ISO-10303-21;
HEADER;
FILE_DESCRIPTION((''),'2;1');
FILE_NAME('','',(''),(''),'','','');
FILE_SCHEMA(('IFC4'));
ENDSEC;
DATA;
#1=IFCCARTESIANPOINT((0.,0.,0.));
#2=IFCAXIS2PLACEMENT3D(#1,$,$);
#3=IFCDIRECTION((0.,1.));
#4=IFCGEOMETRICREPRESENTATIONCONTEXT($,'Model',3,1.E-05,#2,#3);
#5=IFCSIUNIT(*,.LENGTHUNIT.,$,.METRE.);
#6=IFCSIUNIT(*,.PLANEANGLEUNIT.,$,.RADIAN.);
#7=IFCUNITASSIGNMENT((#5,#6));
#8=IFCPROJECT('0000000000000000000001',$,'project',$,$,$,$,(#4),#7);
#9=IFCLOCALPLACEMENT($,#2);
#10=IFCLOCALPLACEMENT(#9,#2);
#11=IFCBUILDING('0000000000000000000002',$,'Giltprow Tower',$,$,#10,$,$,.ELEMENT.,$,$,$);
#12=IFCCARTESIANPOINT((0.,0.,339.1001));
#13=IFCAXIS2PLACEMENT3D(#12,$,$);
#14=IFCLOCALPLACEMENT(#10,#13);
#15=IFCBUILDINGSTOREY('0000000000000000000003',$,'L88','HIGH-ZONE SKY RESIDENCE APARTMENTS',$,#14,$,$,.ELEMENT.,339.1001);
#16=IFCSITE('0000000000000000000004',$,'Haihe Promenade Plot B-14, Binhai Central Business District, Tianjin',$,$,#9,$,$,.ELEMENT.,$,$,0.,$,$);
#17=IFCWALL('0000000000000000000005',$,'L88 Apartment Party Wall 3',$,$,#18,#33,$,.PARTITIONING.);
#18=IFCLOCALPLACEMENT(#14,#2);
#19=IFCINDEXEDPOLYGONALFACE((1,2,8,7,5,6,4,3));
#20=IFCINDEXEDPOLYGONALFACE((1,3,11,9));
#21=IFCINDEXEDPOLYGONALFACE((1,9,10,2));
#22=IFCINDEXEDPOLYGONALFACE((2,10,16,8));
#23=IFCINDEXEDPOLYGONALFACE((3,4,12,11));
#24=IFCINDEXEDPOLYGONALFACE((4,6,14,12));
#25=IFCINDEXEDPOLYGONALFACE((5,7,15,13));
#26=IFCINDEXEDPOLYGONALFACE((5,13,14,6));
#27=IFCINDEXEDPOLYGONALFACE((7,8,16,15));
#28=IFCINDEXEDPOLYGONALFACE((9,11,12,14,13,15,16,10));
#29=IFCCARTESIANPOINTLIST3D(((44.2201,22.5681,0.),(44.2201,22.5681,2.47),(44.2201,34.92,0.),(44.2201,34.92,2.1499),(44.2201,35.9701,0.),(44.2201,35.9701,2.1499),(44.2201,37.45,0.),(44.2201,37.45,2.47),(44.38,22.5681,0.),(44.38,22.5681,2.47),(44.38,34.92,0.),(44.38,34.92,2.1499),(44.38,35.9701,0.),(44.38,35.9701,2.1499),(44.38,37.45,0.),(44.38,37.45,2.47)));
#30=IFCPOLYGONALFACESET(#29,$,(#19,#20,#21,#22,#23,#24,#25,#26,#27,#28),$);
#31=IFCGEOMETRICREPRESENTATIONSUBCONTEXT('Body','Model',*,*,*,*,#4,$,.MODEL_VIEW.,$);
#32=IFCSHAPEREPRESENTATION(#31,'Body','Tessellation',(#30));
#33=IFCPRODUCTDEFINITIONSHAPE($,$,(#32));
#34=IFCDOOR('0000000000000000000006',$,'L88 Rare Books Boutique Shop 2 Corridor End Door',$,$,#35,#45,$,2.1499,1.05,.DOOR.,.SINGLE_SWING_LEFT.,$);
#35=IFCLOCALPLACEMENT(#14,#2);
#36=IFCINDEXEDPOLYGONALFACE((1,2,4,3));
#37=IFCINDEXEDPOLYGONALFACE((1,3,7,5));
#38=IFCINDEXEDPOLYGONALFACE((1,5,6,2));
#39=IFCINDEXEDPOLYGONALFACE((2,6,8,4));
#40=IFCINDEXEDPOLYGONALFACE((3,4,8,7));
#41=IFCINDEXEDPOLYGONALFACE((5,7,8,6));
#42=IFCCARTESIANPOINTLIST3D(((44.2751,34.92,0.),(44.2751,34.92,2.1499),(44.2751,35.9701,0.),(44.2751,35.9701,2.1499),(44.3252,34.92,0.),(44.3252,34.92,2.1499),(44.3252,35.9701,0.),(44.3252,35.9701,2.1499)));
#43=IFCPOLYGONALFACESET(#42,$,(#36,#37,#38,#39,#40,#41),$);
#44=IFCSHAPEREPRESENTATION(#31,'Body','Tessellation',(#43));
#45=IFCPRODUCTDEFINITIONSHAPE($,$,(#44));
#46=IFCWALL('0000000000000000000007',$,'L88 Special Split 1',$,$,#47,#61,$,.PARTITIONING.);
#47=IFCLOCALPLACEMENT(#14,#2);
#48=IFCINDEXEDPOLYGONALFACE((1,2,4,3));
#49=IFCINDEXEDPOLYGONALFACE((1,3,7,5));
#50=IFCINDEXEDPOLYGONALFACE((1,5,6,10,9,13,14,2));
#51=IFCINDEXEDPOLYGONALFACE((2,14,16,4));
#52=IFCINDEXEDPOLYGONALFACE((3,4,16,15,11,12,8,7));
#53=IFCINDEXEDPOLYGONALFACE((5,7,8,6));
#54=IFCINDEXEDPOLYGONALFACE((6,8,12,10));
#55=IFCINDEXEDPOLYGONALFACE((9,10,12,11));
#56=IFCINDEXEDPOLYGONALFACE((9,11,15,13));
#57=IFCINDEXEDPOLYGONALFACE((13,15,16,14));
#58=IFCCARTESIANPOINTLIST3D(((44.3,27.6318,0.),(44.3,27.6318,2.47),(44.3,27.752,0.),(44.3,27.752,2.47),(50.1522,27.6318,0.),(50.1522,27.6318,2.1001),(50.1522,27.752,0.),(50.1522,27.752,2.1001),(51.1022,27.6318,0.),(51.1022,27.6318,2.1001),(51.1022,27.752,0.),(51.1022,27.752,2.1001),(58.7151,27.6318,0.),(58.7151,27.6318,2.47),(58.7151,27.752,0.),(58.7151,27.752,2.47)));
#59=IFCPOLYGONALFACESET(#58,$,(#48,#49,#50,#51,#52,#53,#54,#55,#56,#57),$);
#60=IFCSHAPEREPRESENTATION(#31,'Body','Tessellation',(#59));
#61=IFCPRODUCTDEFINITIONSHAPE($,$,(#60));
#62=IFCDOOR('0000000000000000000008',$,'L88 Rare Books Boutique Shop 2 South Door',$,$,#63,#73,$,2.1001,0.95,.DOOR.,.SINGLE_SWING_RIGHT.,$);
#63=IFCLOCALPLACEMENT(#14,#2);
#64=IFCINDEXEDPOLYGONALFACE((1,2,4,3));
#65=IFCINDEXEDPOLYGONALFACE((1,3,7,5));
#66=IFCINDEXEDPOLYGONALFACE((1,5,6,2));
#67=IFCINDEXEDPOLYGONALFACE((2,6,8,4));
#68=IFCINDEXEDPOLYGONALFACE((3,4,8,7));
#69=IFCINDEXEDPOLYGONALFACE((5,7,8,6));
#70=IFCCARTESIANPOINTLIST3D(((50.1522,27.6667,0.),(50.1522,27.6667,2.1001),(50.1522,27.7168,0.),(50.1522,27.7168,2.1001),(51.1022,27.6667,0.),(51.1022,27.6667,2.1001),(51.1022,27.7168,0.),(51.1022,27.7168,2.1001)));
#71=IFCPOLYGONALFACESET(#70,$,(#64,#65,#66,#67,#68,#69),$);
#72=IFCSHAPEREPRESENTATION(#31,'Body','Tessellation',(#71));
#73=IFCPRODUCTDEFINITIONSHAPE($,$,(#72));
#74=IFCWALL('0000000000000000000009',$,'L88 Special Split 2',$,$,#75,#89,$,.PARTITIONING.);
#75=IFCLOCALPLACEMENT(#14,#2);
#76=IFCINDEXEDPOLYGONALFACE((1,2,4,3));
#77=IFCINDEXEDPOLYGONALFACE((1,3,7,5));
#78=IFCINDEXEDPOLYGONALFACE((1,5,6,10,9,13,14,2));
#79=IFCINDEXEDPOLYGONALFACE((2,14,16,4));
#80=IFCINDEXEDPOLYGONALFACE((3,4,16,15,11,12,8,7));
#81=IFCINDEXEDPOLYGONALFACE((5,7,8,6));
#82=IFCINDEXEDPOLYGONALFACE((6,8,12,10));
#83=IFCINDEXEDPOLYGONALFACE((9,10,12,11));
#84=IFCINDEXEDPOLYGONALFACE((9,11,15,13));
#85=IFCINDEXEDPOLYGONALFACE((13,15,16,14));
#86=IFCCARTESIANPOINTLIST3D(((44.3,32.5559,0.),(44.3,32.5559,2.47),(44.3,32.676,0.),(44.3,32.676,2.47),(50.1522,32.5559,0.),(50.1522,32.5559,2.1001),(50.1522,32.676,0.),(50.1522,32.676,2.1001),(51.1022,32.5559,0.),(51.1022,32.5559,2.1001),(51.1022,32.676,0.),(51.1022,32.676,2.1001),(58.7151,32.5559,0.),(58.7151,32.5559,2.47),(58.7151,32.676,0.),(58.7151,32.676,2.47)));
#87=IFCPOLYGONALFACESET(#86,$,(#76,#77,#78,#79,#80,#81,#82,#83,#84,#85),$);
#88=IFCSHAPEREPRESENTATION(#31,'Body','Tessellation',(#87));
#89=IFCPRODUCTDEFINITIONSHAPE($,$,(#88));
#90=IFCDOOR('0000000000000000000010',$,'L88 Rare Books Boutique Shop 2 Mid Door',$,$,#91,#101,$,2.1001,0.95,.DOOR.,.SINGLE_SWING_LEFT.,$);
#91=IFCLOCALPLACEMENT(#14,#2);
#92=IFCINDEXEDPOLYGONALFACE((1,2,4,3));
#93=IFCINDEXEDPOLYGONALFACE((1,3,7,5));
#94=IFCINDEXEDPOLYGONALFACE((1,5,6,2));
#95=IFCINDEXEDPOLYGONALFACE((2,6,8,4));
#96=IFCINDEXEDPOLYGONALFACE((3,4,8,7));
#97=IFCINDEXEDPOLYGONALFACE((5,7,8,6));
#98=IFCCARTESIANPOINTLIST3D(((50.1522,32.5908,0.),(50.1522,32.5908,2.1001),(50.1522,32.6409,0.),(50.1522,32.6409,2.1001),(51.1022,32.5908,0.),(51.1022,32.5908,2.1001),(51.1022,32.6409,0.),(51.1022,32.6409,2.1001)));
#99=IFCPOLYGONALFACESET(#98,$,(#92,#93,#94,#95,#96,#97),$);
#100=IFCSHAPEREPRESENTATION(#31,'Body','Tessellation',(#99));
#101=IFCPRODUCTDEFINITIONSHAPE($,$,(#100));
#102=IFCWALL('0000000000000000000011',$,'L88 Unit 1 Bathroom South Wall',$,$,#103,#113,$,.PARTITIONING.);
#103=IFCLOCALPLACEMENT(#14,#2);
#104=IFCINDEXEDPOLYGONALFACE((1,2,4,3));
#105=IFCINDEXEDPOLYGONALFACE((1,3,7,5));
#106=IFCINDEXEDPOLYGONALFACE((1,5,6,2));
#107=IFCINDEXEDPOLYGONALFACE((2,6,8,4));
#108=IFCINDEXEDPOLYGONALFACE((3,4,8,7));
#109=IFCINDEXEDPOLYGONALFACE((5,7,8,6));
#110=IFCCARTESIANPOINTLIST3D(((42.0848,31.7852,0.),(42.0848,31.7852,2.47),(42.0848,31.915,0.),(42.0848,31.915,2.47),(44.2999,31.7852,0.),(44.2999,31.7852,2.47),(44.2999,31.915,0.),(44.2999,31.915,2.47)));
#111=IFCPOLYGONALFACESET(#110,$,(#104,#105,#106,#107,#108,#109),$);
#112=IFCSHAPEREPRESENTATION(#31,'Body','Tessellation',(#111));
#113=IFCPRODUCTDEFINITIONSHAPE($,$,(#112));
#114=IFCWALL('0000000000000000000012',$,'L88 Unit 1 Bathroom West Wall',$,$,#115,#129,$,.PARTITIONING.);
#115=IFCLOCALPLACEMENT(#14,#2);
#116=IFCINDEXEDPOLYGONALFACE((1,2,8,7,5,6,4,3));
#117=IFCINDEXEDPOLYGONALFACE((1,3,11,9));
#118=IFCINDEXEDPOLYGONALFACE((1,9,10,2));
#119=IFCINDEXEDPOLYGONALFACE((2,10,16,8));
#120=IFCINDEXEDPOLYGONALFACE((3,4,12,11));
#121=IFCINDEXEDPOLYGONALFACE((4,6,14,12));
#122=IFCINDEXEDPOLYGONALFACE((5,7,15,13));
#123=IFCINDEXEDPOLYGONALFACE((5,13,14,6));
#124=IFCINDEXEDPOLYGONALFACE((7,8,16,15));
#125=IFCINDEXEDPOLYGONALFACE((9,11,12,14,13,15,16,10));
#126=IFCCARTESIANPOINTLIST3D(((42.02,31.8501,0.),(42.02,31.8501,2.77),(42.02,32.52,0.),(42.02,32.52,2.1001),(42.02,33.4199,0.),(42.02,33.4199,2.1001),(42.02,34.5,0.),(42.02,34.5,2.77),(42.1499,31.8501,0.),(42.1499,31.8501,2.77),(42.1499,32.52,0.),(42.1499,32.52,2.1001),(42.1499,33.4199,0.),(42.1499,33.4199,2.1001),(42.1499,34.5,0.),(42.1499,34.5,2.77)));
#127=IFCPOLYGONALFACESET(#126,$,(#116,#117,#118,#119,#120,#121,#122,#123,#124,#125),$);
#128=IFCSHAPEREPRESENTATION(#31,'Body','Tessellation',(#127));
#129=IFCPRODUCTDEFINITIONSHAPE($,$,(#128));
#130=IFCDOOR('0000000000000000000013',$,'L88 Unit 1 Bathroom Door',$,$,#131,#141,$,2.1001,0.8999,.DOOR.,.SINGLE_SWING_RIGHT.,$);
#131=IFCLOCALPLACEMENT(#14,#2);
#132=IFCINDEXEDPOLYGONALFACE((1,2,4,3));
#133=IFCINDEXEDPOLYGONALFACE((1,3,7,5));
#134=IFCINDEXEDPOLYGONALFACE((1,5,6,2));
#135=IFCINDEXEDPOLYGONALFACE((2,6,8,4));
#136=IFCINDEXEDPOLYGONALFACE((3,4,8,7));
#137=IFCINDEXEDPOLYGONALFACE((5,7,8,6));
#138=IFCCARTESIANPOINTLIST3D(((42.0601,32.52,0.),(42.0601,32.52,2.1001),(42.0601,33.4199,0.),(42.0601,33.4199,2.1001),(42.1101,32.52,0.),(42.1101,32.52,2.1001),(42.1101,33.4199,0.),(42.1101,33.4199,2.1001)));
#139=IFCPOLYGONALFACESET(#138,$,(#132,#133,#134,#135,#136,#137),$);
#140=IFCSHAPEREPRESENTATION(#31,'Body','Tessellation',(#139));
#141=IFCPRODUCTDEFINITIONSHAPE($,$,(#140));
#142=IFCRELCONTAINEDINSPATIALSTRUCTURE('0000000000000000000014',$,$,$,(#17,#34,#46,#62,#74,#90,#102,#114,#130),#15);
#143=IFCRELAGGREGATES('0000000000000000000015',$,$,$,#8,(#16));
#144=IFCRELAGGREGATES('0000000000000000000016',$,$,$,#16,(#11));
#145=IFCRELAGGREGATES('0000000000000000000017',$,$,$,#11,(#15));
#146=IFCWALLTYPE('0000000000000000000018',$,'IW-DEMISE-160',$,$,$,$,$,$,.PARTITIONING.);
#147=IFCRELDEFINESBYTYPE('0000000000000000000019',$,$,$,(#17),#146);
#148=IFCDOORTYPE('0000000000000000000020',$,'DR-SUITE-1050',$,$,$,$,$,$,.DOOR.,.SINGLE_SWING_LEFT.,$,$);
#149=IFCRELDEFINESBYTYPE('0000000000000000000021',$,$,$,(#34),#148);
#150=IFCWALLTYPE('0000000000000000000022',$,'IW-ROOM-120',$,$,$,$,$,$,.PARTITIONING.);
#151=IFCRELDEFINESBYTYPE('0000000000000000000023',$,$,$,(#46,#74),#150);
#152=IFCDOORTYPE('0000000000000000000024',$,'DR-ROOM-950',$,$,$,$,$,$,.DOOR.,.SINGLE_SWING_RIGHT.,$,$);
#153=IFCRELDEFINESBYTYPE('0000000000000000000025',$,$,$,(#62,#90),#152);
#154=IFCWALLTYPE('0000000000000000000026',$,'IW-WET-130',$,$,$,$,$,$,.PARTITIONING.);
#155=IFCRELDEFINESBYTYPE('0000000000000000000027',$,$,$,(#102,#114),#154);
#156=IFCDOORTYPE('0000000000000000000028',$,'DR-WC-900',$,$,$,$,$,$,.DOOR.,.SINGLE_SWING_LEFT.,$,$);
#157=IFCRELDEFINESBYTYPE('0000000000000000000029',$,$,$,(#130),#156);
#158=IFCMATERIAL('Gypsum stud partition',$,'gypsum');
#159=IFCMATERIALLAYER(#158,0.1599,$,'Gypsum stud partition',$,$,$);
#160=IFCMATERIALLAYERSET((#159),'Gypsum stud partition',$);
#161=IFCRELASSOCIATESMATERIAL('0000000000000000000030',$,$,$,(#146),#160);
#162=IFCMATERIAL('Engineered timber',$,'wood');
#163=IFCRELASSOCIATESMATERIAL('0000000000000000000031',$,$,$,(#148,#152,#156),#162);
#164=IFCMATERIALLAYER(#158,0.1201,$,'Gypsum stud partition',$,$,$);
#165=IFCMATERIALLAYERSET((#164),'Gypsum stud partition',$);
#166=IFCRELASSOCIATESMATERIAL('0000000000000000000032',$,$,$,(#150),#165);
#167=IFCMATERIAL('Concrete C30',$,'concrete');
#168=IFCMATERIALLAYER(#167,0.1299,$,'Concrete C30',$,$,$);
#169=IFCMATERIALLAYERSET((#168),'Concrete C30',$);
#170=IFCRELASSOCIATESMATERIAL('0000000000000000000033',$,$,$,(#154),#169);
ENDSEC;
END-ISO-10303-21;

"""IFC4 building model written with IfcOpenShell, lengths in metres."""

from ifc_helpers import new_model, si_unit, direction, frame, frame_2d, origin, place, context, subcontext, project, spatial, rectangle, extrude, source, transform, mapped, material, layer, layer_set, type_object, element, fill, save


model = new_model("IFC4")

# Units and contexts
model_context = context("Model", 3, precision=1e-05, world=origin(), true_north=direction((0.0, 1.0)))
body_context = subcontext(model_context, "Body", "Model", "MODEL_VIEW")
ifc_project = project(units=[si_unit("LENGTHUNIT", "METRE"), si_unit("PLANEANGLEUNIT", "RADIAN")], contexts=[model_context])

# Site, building, storey
site_placement = place(None, origin())
site = spatial("IfcSite", under=ifc_project, at=site_placement, Name="Haihe Promenade Plot B-14, Binhai Central Business District, Tianjin", CompositionType="ELEMENT", RefElevation=0.0)
building_placement = place(site_placement, origin())
building = spatial("IfcBuilding", under=site, at=building_placement, Name="Giltprow Tower", CompositionType="ELEMENT")
storey_placement = place(building_placement, frame((0.0, 0.0, 339.1001)))
storey = spatial("IfcBuildingStorey", under=building, at=storey_placement, Name="L88", Description="HIGH-ZONE SKY RESIDENCE APARTMENTS", CompositionType="ELEMENT", Elevation=339.1001)

# Walls, openings, doors
ifc_material_1 = material(Name="Gypsum stud partition", Category="gypsum")
ifc_layer_1 = layer(ifc_material_1, 0.1599, Name="Gypsum stud partition")
ifc_layer_set_1 = layer_set([ifc_layer_1], Name="Gypsum stud partition")
wall_type_1 = type_object("IfcWallType", Name="IW-DEMISE-160", PredefinedType="PARTITIONING", material=ifc_layer_set_1)
wall_1_placement = place(storey_placement, frame((44.3, 22.5681, 0.0), z_axis=(0.0, 0.0, 1.0), x_axis=(0.0, 1.0, 0.0)))
wall_1 = element("IfcWall", 1, at=wall_1_placement, inside=storey, type_object=wall_type_1, Name="L88 Apartment Party Wall 3", PredefinedType="PARTITIONING", context=body_context, shape_type="SweptSolid", body=[
    extrude(rectangle(XDim=14.8818, YDim=0.1599, at=frame_2d((7.4409, 0.0))), origin(), (0.0, 0.0, 1.0), 2.47),
])
opening_1_placement = place(wall_1_placement, frame((12.3521, 0.0, 0.0)))
opening_1 = element("IfcOpeningElement", 2, at=opening_1_placement, cuts=wall_1, PredefinedType="OPENING", context=body_context, shape_type="SweptSolid", body=[
    extrude(rectangle(XDim=1.05, YDim=2.1499, at=frame_2d((0.5249, 1.075))), frame((0.0, 0.0898, 0.0), z_axis=(0.0, -1.0, 0.0), x_axis=(1.0, 0.0, 0.0)), (0.0, 0.0, 1.0), 0.1799),
])
ifc_material_2 = material(Name="Engineered timber", Category="wood")
door_type_1 = type_object("IfcDoorType", Name="DR-SUITE-1050", OperationType="SINGLE_SWING_LEFT", PredefinedType="DOOR", material=ifc_material_2)
shared_shape_1 = source(origin(), body_context, "Body", "SweptSolid", [
    extrude(rectangle(XDim=1.05, YDim=2.1499, at=frame_2d((0.5249, 1.075))), frame((0.0, 0.0249, 0.0), z_axis=(0.0, -1.0, 0.0), x_axis=(1.0, 0.0, 0.0)), (0.0, 0.0, 1.0), 0.05),
])
door_1_placement = place(opening_1_placement, origin())
door_1 = element("IfcDoor", 3, at=door_1_placement, inside=storey, type_object=door_type_1, Name="L88 Rare Books Boutique Shop 2 Corridor End Door", OperationType="SINGLE_SWING_LEFT", OverallHeight=2.1499, OverallWidth=1.05, PredefinedType="DOOR", context=body_context, shape_type="MappedRepresentation", body=[
    mapped(shared_shape_1, transform((0.0, 0.0, 0.0), x_axis=(1.0, 0.0, 0.0), y_axis=(0.0, 1.0, 0.0), z_axis=(0.0, 0.0, 1.0), scale=1.0)),
])
fill(opening_1, door_1)
ifc_layer_2 = layer(ifc_material_1, 0.1201, Name="Gypsum stud partition")
ifc_layer_set_2 = layer_set([ifc_layer_2], Name="Gypsum stud partition")
wall_type_2 = type_object("IfcWallType", Name="IW-ROOM-120", PredefinedType="PARTITIONING", material=ifc_layer_set_2)
wall_2_placement = place(storey_placement, frame((44.3, 27.6919, 0.0), z_axis=(0.0, 0.0, 1.0), x_axis=(1.0, 0.0, 0.0)))
wall_2 = element("IfcWall", 4, at=wall_2_placement, inside=storey, type_object=wall_type_2, Name="L88 Special Split 1", PredefinedType="PARTITIONING", context=body_context, shape_type="SweptSolid", body=[
    extrude(rectangle(XDim=14.415, YDim=0.1201, at=frame_2d((7.2075, 0.0))), origin(), (0.0, 0.0, 1.0), 2.47),
])
opening_2_placement = place(wall_2_placement, frame((5.8521, 0.0, 0.0)))
opening_2 = element("IfcOpeningElement", 5, at=opening_2_placement, cuts=wall_2, PredefinedType="OPENING", context=body_context, shape_type="SweptSolid", body=[
    extrude(rectangle(XDim=0.95, YDim=2.1001, at=frame_2d((0.4751, 1.05))), frame((0.0, 0.0701, 0.0), z_axis=(0.0, -1.0, 0.0), x_axis=(1.0, 0.0, 0.0)), (0.0, 0.0, 1.0), 0.1401),
])
door_type_2 = type_object("IfcDoorType", Name="DR-ROOM-950", OperationType="SINGLE_SWING_RIGHT", PredefinedType="DOOR", material=ifc_material_2)
shared_shape_2 = source(origin(), body_context, "Body", "SweptSolid", [
    extrude(rectangle(XDim=0.95, YDim=2.1001, at=frame_2d((0.4751, 1.05))), frame((0.0, 0.0249, 0.0), z_axis=(0.0, -1.0, 0.0), x_axis=(1.0, 0.0, 0.0)), (0.0, 0.0, 1.0), 0.05),
])
door_2_placement = place(opening_2_placement, origin())
door_2 = element("IfcDoor", 6, at=door_2_placement, inside=storey, type_object=door_type_2, Name="L88 Rare Books Boutique Shop 2 South Door", OperationType="SINGLE_SWING_RIGHT", OverallHeight=2.1001, OverallWidth=0.95, PredefinedType="DOOR", context=body_context, shape_type="MappedRepresentation", body=[
    mapped(shared_shape_2, transform((0.0, 0.0, 0.0), x_axis=(1.0, 0.0, 0.0), y_axis=(0.0, 1.0, 0.0), z_axis=(0.0, 0.0, 1.0), scale=1.0)),
])
fill(opening_2, door_2)
wall_3_placement = place(storey_placement, frame((44.3, 32.616, 0.0), z_axis=(0.0, 0.0, 1.0), x_axis=(1.0, 0.0, 0.0)))
wall_3 = element("IfcWall", 7, at=wall_3_placement, inside=storey, type_object=wall_type_2, Name="L88 Special Split 2", PredefinedType="PARTITIONING", context=body_context, shape_type="SweptSolid", body=[
    extrude(rectangle(XDim=14.415, YDim=0.1201, at=frame_2d((7.2075, 0.0))), origin(), (0.0, 0.0, 1.0), 2.47),
])
opening_3_placement = place(wall_3_placement, frame((5.8521, 0.0, 0.0)))
opening_3 = element("IfcOpeningElement", 8, at=opening_3_placement, cuts=wall_3, PredefinedType="OPENING", context=body_context, shape_type="SweptSolid", body=[
    extrude(rectangle(XDim=0.95, YDim=2.1001, at=frame_2d((0.4751, 1.05))), frame((0.0, 0.0701, 0.0), z_axis=(0.0, -1.0, 0.0), x_axis=(1.0, 0.0, 0.0)), (0.0, 0.0, 1.0), 0.1401),
])
door_3_placement = place(opening_3_placement, origin())
door_3 = element("IfcDoor", 9, at=door_3_placement, inside=storey, type_object=door_type_2, Name="L88 Rare Books Boutique Shop 2 Mid Door", OperationType="SINGLE_SWING_LEFT", OverallHeight=2.1001, OverallWidth=0.95, PredefinedType="DOOR", context=body_context, shape_type="MappedRepresentation", body=[
    mapped(shared_shape_2, transform((0.0, 0.0, 0.0), x_axis=(1.0, 0.0, 0.0), y_axis=(0.0, 1.0, 0.0), z_axis=(0.0, 0.0, 1.0), scale=1.0)),
])
fill(opening_3, door_3)

# Wall
ifc_material_3 = material(Name="Concrete C30", Category="concrete")
ifc_layer_3 = layer(ifc_material_3, 0.1299, Name="Concrete C30")
ifc_layer_set_3 = layer_set([ifc_layer_3], Name="Concrete C30")
wall_type_3 = type_object("IfcWallType", Name="IW-WET-130", PredefinedType="PARTITIONING", material=ifc_layer_set_3)
wall_4_placement = place(storey_placement, frame((42.085, 31.8501, 0.0), z_axis=(0.0, 0.0, 1.0), x_axis=(1.0, 0.0, 0.0)))
element("IfcWall", 10, at=wall_4_placement, inside=storey, type_object=wall_type_3, Name="L88 Unit 1 Bathroom South Wall", PredefinedType="PARTITIONING", context=body_context, shape_type="SweptSolid", body=[
    extrude(rectangle(XDim=2.2151, YDim=0.1299, at=frame_2d((1.1074, 0.0))), origin(), (0.0, 0.0, 1.0), 2.47),
])

# Wall, opening, door
wall_5_placement = place(storey_placement, frame((42.085, 31.8501, 0.0), z_axis=(0.0, 0.0, 1.0), x_axis=(0.0, 1.0, 0.0)))
wall_5 = element("IfcWall", 11, at=wall_5_placement, inside=storey, type_object=wall_type_3, Name="L88 Unit 1 Bathroom West Wall", PredefinedType="PARTITIONING", context=body_context, shape_type="SweptSolid", body=[
    extrude(rectangle(XDim=2.6499, YDim=0.1299, at=frame_2d((1.325, 0.0))), origin(), (0.0, 0.0, 1.0), 2.77),
])
opening_4_placement = place(wall_5_placement, frame((0.6699, 0.0, 0.0)))
opening_4 = element("IfcOpeningElement", 12, at=opening_4_placement, cuts=wall_5, PredefinedType="OPENING", context=body_context, shape_type="SweptSolid", body=[
    extrude(rectangle(XDim=0.8999, YDim=2.1001, at=frame_2d((0.45, 1.05))), frame((0.0, 0.075, 0.0), z_axis=(0.0, -1.0, 0.0), x_axis=(1.0, 0.0, 0.0)), (0.0, 0.0, 1.0), 0.1499),
])
door_type_3 = type_object("IfcDoorType", Name="DR-WC-900", OperationType="SINGLE_SWING_LEFT", PredefinedType="DOOR", material=ifc_material_2)
shared_shape_3 = source(origin(), body_context, "Body", "SweptSolid", [
    extrude(rectangle(XDim=0.8999, YDim=2.1001, at=frame_2d((0.45, 1.05))), frame((0.0, 0.0249, 0.0), z_axis=(0.0, -1.0, 0.0), x_axis=(1.0, 0.0, 0.0)), (0.0, 0.0, 1.0), 0.05),
])
door_4_placement = place(opening_4_placement, origin())
door_4 = element("IfcDoor", 13, at=door_4_placement, inside=storey, type_object=door_type_3, Name="L88 Unit 1 Bathroom Door", OperationType="SINGLE_SWING_RIGHT", OverallHeight=2.1001, OverallWidth=0.8999, PredefinedType="DOOR", context=body_context, shape_type="MappedRepresentation", body=[
    mapped(shared_shape_3, transform((0.0, 0.0, 0.0), x_axis=(1.0, 0.0, 0.0), y_axis=(0.0, 1.0, 0.0), z_axis=(0.0, 0.0, 1.0), scale=1.0)),
])
fill(opening_4, door_4)

save(model, "model.ifc")
